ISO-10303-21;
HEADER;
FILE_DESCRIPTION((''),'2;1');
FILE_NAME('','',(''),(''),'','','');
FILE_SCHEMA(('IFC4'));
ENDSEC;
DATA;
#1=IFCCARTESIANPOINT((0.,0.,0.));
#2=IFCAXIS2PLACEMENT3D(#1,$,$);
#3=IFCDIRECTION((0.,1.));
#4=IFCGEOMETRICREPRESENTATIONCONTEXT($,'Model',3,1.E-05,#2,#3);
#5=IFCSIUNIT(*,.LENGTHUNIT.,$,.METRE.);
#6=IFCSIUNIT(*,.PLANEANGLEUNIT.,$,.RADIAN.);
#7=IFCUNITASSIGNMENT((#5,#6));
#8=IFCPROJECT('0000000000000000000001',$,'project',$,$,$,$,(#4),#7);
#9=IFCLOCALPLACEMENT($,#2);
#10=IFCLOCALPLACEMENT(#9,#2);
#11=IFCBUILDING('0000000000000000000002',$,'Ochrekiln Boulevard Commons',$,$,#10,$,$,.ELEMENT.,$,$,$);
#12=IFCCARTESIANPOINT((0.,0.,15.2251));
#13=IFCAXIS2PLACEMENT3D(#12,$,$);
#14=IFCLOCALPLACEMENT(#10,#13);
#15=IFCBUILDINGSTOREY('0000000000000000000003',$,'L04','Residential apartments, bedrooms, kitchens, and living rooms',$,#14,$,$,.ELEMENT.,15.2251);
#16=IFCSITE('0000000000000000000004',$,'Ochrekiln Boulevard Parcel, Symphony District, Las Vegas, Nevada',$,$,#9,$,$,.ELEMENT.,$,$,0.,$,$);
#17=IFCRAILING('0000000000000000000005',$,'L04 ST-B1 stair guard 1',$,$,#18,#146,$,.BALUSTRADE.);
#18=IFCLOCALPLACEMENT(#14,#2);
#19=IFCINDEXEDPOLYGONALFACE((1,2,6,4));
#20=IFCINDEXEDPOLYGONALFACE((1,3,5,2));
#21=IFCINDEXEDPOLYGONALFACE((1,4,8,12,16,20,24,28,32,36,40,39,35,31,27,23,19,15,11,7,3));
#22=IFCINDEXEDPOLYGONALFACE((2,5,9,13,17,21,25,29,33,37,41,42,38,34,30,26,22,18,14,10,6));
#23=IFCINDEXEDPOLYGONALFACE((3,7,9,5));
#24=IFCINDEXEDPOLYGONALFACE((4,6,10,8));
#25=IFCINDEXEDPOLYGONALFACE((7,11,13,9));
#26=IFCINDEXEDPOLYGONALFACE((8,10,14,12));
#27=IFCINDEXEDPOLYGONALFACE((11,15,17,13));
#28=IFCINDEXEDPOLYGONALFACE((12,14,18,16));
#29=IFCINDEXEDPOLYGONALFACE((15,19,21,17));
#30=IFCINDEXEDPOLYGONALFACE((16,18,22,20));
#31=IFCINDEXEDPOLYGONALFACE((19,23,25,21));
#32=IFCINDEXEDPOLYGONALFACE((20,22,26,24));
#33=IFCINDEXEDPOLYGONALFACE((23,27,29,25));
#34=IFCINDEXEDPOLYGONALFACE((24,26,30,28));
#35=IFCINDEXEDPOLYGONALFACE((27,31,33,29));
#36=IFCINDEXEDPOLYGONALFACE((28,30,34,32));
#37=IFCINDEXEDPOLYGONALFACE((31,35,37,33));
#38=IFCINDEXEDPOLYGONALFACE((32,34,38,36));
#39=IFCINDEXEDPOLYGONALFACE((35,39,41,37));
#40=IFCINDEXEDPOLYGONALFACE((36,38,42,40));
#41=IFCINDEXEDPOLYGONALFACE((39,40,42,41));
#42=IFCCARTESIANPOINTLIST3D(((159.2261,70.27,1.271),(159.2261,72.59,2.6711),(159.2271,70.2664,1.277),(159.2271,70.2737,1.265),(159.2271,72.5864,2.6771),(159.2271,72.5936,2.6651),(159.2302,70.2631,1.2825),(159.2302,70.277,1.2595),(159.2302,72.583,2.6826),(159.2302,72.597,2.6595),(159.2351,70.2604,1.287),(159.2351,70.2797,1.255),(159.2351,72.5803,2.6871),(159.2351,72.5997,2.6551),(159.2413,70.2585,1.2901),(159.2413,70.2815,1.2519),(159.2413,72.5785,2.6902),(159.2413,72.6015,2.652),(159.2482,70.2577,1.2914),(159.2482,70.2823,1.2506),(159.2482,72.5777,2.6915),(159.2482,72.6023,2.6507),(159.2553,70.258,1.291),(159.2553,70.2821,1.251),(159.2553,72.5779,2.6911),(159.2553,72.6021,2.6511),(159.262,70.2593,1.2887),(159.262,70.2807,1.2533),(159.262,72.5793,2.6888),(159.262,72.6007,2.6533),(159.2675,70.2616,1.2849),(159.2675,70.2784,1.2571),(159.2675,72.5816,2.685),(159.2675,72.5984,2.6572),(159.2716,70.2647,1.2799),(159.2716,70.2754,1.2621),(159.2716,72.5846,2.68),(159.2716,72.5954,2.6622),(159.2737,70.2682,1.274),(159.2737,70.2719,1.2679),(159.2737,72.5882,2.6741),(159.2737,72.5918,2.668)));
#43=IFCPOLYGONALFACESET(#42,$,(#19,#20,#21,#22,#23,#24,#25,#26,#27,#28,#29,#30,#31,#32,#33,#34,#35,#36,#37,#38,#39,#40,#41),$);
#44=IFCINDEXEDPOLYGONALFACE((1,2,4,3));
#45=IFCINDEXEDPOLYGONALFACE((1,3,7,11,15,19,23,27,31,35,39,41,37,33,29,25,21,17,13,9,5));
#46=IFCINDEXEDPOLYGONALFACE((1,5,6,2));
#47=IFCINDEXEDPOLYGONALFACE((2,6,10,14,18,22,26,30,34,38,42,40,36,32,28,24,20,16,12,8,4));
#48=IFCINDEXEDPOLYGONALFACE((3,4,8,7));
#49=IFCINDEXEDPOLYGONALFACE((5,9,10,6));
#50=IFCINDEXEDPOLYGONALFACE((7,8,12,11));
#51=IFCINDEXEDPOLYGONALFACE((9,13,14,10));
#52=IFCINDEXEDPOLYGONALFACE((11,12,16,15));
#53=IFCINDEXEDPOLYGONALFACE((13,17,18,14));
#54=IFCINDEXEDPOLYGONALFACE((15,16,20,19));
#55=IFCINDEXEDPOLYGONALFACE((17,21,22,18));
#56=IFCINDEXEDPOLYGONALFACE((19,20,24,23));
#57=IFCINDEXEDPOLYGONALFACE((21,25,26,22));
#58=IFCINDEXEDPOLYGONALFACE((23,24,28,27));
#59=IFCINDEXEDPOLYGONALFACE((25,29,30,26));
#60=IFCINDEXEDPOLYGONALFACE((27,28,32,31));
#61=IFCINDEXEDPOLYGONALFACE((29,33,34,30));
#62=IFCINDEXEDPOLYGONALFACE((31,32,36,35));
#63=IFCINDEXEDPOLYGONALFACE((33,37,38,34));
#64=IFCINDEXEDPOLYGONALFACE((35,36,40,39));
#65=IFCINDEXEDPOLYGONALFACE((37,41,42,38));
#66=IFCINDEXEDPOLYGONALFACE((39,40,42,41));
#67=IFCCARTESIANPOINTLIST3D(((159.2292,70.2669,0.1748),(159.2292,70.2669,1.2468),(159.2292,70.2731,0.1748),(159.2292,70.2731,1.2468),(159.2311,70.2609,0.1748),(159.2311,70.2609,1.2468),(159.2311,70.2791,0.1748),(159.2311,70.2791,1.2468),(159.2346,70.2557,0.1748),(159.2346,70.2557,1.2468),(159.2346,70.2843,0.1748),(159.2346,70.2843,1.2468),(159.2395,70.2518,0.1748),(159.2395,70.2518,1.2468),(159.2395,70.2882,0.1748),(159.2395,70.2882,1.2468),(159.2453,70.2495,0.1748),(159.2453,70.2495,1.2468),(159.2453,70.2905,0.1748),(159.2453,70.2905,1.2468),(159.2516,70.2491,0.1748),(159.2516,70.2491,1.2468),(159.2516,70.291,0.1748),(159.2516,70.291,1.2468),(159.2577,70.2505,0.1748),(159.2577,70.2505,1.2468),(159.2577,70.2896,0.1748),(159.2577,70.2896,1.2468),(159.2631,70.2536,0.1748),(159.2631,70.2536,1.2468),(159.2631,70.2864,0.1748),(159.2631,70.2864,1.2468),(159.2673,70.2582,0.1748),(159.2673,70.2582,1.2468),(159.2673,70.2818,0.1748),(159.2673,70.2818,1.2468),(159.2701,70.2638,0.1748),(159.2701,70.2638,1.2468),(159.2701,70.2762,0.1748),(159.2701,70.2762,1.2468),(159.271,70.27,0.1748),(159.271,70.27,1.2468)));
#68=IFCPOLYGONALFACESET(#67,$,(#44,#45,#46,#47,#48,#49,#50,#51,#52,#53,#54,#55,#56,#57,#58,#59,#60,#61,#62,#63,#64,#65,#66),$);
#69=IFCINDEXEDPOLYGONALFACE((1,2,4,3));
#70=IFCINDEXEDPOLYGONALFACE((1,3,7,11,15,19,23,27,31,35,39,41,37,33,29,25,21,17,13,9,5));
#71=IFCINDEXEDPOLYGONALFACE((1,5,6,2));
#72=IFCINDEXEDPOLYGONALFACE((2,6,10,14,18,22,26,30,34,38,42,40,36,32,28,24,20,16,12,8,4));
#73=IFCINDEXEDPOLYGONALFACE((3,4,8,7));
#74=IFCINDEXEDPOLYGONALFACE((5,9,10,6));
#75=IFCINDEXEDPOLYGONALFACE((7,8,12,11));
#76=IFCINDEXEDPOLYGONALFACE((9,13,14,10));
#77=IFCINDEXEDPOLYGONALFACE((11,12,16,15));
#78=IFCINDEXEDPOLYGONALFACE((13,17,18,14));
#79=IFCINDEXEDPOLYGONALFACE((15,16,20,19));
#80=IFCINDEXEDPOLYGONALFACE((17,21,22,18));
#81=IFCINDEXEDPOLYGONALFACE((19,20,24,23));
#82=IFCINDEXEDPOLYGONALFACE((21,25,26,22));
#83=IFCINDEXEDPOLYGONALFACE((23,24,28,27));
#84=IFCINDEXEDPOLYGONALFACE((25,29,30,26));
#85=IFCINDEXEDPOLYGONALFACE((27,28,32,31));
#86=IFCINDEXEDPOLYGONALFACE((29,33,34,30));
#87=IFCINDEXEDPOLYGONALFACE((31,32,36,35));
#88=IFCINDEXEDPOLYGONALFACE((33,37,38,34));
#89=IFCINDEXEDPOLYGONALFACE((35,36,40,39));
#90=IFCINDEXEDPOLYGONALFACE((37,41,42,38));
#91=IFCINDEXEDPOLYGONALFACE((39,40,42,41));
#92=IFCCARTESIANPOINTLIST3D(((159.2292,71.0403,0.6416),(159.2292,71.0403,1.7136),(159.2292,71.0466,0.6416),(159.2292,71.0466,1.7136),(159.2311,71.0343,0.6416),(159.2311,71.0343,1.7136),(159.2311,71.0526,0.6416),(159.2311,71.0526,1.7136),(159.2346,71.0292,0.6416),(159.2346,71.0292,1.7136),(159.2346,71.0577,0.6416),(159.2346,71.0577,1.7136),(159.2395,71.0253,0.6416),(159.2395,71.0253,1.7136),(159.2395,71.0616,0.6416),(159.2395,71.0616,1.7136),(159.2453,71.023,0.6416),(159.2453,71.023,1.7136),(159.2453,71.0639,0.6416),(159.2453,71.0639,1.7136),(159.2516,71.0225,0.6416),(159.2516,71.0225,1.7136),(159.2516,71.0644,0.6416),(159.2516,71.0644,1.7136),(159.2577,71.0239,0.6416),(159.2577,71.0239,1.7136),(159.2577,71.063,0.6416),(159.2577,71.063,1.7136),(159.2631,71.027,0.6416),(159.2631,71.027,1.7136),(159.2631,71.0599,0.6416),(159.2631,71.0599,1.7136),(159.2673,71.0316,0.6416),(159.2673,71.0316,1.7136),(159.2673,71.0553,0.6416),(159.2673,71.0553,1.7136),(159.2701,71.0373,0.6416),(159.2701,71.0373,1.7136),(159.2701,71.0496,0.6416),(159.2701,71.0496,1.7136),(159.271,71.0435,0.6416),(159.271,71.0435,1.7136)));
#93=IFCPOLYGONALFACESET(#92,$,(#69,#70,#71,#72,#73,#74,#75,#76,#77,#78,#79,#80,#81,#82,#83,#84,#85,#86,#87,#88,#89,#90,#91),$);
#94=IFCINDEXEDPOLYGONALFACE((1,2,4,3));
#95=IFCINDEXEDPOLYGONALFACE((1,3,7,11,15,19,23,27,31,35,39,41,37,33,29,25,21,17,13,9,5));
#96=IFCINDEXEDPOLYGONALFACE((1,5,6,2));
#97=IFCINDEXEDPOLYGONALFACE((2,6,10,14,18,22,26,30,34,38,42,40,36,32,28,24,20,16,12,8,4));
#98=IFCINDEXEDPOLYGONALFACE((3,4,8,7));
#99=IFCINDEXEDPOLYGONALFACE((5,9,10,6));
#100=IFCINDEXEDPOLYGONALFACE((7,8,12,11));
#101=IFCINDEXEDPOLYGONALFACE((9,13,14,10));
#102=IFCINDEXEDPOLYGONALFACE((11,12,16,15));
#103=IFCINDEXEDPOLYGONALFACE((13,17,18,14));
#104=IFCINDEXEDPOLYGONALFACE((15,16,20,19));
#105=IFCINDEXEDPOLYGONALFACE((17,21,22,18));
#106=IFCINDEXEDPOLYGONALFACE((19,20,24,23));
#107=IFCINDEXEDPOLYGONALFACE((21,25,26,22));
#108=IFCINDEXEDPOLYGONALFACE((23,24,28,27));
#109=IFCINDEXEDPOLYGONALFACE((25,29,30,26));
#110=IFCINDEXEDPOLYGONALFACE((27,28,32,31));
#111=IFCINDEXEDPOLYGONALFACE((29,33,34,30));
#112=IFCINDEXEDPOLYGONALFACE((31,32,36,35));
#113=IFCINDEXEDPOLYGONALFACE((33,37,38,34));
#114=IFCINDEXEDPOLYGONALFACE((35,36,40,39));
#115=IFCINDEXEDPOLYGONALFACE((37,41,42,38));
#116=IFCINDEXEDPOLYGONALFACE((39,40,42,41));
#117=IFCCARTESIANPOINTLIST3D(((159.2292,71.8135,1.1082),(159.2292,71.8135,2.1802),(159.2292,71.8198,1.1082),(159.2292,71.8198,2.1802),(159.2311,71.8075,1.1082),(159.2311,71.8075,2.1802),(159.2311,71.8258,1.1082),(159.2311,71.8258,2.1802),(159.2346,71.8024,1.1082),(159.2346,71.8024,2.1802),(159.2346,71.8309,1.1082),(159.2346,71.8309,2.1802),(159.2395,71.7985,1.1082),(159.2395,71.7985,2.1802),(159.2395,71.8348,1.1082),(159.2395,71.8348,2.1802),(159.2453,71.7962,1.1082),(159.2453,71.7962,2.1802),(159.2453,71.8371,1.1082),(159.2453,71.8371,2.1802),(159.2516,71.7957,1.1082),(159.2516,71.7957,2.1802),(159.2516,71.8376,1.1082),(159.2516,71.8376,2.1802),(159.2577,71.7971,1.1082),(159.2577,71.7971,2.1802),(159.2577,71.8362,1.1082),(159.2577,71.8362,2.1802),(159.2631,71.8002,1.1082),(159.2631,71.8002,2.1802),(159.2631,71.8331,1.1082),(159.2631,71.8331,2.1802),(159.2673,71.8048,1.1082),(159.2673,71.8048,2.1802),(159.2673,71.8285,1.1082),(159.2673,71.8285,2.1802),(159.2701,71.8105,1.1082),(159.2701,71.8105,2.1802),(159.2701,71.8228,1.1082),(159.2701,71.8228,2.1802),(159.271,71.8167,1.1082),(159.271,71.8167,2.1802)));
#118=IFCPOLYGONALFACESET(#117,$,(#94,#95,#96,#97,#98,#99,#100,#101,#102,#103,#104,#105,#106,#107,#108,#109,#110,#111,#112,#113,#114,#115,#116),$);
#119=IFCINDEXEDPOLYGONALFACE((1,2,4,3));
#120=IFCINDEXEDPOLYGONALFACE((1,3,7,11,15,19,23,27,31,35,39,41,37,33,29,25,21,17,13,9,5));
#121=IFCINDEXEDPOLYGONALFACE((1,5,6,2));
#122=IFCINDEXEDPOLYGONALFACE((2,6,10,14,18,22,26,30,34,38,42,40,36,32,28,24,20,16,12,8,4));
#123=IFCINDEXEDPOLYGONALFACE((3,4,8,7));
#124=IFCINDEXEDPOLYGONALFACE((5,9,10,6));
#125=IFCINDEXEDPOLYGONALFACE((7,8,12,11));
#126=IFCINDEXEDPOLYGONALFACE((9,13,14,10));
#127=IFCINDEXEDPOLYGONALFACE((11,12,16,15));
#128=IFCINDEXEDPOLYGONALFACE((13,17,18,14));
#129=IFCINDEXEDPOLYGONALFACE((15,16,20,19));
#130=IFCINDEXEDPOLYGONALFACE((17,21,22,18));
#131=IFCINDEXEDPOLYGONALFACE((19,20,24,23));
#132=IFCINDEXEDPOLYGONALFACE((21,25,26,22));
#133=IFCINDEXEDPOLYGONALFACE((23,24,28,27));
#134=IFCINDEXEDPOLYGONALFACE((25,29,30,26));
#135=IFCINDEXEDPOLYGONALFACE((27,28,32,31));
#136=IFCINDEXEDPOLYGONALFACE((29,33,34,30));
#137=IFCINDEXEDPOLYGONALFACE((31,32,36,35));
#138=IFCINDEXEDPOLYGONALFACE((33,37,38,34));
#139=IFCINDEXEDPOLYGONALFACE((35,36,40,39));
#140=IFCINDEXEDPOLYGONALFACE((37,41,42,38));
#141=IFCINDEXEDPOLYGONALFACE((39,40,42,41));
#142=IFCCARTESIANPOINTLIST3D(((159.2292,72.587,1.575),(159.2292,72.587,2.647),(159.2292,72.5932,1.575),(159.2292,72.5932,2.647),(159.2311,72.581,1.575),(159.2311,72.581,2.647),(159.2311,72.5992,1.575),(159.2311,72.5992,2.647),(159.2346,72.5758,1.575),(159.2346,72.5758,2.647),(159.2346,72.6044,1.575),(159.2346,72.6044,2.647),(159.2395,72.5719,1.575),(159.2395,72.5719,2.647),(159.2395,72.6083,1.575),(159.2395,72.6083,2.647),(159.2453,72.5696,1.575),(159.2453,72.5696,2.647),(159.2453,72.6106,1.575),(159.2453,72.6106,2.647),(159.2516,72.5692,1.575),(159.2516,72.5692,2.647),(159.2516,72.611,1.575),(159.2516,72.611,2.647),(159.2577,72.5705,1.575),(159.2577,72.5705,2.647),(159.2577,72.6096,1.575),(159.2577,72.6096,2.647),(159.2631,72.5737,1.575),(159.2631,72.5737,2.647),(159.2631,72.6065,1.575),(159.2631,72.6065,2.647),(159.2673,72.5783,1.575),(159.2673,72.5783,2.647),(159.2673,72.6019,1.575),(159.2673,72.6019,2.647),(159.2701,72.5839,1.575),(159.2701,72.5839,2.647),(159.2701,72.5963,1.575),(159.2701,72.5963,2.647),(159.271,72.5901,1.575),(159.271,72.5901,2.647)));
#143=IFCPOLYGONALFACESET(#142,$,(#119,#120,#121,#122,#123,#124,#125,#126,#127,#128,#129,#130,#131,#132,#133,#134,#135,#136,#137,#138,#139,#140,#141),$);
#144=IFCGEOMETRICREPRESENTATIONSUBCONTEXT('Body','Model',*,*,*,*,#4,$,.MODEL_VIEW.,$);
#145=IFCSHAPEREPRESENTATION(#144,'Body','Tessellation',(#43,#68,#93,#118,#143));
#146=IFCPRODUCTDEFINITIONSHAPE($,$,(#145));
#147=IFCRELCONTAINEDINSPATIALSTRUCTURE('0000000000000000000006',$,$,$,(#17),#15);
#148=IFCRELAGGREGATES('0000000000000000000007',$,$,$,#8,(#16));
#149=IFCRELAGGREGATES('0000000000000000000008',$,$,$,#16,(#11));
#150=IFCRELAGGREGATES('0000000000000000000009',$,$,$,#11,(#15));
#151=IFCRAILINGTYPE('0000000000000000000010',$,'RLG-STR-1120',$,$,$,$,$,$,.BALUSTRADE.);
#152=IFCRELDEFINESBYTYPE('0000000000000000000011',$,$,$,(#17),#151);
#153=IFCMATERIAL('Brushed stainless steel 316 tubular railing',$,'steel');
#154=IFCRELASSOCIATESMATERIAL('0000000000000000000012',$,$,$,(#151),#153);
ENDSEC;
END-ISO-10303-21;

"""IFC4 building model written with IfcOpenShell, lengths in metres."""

from ifc_helpers import new_model, si_unit, direction, frame, origin, origin_2d, place, context, subcontext, project, spatial, circle, extrude, material, type_object, element, save


model = new_model("IFC4")

# Units and contexts
model_context = context("Model", 3, precision=1e-05, world=origin(), true_north=direction((0.0, 1.0)))
body_context = subcontext(model_context, "Body", "Model", "MODEL_VIEW")
ifc_project = project(units=[si_unit("LENGTHUNIT", "METRE"), si_unit("PLANEANGLEUNIT", "RADIAN")], contexts=[model_context])

# Site, building, storey
site_placement = place(None, origin())
site = spatial("IfcSite", under=ifc_project, at=site_placement, Name="Ochrekiln Boulevard Parcel, Symphony District, Las Vegas, Nevada", CompositionType="ELEMENT", RefElevation=0.0)
building_placement = place(site_placement, origin())
building = spatial("IfcBuilding", under=site, at=building_placement, Name="Ochrekiln Boulevard Commons", CompositionType="ELEMENT")
storey_placement = place(building_placement, frame((0.0, 0.0, 15.2251)))
storey = spatial("IfcBuildingStorey", under=building, at=storey_placement, Name="L04", Description="Residential apartments, bedrooms, kitchens, and living rooms", CompositionType="ELEMENT", Elevation=15.2251)

# Railing
ifc_material_1 = material(Name="Brushed stainless steel 316 tubular railing", Category="steel")
railing_type_1 = type_object("IfcRailingType", Name="RLG-STR-1120", PredefinedType="BALUSTRADE", material=ifc_material_1)
railing_1_placement = place(storey_placement, frame((159.25, 70.27, 0.1748)))
element("IfcRailing", 1, at=railing_1_placement, inside=storey, type_object=railing_type_1, Name="L04 ST-B1 stair guard 1", PredefinedType="BALUSTRADE", context=body_context, shape_type="SweptSolid", body=[
    extrude(circle(Radius=0.0239, at=origin_2d()), frame((0.0, 0.0, 1.0962), z_axis=(0.0, 0.85617, 0.516693), x_axis=(-1.0, 0.0, 0.0)), (0.0, 0.0, 1.0), 2.7097),
    extrude(circle(Radius=0.021, at=origin_2d()), origin(), (0.0, 0.0, 1.0), 1.072),
    extrude(circle(Radius=0.021, at=origin_2d()), frame((0.0, 0.7734, 0.4668)), (0.0, 0.0, 1.0), 1.072),
    extrude(circle(Radius=0.021, at=origin_2d()), frame((0.0, 1.5466, 0.9333)), (0.0, 0.0, 1.0), 1.072),
    extrude(circle(Radius=0.021, at=origin_2d()), frame((0.0, 2.3201, 1.4001)), (0.0, 0.0, 1.0), 1.072),
])

save(model, "model.ifc")
